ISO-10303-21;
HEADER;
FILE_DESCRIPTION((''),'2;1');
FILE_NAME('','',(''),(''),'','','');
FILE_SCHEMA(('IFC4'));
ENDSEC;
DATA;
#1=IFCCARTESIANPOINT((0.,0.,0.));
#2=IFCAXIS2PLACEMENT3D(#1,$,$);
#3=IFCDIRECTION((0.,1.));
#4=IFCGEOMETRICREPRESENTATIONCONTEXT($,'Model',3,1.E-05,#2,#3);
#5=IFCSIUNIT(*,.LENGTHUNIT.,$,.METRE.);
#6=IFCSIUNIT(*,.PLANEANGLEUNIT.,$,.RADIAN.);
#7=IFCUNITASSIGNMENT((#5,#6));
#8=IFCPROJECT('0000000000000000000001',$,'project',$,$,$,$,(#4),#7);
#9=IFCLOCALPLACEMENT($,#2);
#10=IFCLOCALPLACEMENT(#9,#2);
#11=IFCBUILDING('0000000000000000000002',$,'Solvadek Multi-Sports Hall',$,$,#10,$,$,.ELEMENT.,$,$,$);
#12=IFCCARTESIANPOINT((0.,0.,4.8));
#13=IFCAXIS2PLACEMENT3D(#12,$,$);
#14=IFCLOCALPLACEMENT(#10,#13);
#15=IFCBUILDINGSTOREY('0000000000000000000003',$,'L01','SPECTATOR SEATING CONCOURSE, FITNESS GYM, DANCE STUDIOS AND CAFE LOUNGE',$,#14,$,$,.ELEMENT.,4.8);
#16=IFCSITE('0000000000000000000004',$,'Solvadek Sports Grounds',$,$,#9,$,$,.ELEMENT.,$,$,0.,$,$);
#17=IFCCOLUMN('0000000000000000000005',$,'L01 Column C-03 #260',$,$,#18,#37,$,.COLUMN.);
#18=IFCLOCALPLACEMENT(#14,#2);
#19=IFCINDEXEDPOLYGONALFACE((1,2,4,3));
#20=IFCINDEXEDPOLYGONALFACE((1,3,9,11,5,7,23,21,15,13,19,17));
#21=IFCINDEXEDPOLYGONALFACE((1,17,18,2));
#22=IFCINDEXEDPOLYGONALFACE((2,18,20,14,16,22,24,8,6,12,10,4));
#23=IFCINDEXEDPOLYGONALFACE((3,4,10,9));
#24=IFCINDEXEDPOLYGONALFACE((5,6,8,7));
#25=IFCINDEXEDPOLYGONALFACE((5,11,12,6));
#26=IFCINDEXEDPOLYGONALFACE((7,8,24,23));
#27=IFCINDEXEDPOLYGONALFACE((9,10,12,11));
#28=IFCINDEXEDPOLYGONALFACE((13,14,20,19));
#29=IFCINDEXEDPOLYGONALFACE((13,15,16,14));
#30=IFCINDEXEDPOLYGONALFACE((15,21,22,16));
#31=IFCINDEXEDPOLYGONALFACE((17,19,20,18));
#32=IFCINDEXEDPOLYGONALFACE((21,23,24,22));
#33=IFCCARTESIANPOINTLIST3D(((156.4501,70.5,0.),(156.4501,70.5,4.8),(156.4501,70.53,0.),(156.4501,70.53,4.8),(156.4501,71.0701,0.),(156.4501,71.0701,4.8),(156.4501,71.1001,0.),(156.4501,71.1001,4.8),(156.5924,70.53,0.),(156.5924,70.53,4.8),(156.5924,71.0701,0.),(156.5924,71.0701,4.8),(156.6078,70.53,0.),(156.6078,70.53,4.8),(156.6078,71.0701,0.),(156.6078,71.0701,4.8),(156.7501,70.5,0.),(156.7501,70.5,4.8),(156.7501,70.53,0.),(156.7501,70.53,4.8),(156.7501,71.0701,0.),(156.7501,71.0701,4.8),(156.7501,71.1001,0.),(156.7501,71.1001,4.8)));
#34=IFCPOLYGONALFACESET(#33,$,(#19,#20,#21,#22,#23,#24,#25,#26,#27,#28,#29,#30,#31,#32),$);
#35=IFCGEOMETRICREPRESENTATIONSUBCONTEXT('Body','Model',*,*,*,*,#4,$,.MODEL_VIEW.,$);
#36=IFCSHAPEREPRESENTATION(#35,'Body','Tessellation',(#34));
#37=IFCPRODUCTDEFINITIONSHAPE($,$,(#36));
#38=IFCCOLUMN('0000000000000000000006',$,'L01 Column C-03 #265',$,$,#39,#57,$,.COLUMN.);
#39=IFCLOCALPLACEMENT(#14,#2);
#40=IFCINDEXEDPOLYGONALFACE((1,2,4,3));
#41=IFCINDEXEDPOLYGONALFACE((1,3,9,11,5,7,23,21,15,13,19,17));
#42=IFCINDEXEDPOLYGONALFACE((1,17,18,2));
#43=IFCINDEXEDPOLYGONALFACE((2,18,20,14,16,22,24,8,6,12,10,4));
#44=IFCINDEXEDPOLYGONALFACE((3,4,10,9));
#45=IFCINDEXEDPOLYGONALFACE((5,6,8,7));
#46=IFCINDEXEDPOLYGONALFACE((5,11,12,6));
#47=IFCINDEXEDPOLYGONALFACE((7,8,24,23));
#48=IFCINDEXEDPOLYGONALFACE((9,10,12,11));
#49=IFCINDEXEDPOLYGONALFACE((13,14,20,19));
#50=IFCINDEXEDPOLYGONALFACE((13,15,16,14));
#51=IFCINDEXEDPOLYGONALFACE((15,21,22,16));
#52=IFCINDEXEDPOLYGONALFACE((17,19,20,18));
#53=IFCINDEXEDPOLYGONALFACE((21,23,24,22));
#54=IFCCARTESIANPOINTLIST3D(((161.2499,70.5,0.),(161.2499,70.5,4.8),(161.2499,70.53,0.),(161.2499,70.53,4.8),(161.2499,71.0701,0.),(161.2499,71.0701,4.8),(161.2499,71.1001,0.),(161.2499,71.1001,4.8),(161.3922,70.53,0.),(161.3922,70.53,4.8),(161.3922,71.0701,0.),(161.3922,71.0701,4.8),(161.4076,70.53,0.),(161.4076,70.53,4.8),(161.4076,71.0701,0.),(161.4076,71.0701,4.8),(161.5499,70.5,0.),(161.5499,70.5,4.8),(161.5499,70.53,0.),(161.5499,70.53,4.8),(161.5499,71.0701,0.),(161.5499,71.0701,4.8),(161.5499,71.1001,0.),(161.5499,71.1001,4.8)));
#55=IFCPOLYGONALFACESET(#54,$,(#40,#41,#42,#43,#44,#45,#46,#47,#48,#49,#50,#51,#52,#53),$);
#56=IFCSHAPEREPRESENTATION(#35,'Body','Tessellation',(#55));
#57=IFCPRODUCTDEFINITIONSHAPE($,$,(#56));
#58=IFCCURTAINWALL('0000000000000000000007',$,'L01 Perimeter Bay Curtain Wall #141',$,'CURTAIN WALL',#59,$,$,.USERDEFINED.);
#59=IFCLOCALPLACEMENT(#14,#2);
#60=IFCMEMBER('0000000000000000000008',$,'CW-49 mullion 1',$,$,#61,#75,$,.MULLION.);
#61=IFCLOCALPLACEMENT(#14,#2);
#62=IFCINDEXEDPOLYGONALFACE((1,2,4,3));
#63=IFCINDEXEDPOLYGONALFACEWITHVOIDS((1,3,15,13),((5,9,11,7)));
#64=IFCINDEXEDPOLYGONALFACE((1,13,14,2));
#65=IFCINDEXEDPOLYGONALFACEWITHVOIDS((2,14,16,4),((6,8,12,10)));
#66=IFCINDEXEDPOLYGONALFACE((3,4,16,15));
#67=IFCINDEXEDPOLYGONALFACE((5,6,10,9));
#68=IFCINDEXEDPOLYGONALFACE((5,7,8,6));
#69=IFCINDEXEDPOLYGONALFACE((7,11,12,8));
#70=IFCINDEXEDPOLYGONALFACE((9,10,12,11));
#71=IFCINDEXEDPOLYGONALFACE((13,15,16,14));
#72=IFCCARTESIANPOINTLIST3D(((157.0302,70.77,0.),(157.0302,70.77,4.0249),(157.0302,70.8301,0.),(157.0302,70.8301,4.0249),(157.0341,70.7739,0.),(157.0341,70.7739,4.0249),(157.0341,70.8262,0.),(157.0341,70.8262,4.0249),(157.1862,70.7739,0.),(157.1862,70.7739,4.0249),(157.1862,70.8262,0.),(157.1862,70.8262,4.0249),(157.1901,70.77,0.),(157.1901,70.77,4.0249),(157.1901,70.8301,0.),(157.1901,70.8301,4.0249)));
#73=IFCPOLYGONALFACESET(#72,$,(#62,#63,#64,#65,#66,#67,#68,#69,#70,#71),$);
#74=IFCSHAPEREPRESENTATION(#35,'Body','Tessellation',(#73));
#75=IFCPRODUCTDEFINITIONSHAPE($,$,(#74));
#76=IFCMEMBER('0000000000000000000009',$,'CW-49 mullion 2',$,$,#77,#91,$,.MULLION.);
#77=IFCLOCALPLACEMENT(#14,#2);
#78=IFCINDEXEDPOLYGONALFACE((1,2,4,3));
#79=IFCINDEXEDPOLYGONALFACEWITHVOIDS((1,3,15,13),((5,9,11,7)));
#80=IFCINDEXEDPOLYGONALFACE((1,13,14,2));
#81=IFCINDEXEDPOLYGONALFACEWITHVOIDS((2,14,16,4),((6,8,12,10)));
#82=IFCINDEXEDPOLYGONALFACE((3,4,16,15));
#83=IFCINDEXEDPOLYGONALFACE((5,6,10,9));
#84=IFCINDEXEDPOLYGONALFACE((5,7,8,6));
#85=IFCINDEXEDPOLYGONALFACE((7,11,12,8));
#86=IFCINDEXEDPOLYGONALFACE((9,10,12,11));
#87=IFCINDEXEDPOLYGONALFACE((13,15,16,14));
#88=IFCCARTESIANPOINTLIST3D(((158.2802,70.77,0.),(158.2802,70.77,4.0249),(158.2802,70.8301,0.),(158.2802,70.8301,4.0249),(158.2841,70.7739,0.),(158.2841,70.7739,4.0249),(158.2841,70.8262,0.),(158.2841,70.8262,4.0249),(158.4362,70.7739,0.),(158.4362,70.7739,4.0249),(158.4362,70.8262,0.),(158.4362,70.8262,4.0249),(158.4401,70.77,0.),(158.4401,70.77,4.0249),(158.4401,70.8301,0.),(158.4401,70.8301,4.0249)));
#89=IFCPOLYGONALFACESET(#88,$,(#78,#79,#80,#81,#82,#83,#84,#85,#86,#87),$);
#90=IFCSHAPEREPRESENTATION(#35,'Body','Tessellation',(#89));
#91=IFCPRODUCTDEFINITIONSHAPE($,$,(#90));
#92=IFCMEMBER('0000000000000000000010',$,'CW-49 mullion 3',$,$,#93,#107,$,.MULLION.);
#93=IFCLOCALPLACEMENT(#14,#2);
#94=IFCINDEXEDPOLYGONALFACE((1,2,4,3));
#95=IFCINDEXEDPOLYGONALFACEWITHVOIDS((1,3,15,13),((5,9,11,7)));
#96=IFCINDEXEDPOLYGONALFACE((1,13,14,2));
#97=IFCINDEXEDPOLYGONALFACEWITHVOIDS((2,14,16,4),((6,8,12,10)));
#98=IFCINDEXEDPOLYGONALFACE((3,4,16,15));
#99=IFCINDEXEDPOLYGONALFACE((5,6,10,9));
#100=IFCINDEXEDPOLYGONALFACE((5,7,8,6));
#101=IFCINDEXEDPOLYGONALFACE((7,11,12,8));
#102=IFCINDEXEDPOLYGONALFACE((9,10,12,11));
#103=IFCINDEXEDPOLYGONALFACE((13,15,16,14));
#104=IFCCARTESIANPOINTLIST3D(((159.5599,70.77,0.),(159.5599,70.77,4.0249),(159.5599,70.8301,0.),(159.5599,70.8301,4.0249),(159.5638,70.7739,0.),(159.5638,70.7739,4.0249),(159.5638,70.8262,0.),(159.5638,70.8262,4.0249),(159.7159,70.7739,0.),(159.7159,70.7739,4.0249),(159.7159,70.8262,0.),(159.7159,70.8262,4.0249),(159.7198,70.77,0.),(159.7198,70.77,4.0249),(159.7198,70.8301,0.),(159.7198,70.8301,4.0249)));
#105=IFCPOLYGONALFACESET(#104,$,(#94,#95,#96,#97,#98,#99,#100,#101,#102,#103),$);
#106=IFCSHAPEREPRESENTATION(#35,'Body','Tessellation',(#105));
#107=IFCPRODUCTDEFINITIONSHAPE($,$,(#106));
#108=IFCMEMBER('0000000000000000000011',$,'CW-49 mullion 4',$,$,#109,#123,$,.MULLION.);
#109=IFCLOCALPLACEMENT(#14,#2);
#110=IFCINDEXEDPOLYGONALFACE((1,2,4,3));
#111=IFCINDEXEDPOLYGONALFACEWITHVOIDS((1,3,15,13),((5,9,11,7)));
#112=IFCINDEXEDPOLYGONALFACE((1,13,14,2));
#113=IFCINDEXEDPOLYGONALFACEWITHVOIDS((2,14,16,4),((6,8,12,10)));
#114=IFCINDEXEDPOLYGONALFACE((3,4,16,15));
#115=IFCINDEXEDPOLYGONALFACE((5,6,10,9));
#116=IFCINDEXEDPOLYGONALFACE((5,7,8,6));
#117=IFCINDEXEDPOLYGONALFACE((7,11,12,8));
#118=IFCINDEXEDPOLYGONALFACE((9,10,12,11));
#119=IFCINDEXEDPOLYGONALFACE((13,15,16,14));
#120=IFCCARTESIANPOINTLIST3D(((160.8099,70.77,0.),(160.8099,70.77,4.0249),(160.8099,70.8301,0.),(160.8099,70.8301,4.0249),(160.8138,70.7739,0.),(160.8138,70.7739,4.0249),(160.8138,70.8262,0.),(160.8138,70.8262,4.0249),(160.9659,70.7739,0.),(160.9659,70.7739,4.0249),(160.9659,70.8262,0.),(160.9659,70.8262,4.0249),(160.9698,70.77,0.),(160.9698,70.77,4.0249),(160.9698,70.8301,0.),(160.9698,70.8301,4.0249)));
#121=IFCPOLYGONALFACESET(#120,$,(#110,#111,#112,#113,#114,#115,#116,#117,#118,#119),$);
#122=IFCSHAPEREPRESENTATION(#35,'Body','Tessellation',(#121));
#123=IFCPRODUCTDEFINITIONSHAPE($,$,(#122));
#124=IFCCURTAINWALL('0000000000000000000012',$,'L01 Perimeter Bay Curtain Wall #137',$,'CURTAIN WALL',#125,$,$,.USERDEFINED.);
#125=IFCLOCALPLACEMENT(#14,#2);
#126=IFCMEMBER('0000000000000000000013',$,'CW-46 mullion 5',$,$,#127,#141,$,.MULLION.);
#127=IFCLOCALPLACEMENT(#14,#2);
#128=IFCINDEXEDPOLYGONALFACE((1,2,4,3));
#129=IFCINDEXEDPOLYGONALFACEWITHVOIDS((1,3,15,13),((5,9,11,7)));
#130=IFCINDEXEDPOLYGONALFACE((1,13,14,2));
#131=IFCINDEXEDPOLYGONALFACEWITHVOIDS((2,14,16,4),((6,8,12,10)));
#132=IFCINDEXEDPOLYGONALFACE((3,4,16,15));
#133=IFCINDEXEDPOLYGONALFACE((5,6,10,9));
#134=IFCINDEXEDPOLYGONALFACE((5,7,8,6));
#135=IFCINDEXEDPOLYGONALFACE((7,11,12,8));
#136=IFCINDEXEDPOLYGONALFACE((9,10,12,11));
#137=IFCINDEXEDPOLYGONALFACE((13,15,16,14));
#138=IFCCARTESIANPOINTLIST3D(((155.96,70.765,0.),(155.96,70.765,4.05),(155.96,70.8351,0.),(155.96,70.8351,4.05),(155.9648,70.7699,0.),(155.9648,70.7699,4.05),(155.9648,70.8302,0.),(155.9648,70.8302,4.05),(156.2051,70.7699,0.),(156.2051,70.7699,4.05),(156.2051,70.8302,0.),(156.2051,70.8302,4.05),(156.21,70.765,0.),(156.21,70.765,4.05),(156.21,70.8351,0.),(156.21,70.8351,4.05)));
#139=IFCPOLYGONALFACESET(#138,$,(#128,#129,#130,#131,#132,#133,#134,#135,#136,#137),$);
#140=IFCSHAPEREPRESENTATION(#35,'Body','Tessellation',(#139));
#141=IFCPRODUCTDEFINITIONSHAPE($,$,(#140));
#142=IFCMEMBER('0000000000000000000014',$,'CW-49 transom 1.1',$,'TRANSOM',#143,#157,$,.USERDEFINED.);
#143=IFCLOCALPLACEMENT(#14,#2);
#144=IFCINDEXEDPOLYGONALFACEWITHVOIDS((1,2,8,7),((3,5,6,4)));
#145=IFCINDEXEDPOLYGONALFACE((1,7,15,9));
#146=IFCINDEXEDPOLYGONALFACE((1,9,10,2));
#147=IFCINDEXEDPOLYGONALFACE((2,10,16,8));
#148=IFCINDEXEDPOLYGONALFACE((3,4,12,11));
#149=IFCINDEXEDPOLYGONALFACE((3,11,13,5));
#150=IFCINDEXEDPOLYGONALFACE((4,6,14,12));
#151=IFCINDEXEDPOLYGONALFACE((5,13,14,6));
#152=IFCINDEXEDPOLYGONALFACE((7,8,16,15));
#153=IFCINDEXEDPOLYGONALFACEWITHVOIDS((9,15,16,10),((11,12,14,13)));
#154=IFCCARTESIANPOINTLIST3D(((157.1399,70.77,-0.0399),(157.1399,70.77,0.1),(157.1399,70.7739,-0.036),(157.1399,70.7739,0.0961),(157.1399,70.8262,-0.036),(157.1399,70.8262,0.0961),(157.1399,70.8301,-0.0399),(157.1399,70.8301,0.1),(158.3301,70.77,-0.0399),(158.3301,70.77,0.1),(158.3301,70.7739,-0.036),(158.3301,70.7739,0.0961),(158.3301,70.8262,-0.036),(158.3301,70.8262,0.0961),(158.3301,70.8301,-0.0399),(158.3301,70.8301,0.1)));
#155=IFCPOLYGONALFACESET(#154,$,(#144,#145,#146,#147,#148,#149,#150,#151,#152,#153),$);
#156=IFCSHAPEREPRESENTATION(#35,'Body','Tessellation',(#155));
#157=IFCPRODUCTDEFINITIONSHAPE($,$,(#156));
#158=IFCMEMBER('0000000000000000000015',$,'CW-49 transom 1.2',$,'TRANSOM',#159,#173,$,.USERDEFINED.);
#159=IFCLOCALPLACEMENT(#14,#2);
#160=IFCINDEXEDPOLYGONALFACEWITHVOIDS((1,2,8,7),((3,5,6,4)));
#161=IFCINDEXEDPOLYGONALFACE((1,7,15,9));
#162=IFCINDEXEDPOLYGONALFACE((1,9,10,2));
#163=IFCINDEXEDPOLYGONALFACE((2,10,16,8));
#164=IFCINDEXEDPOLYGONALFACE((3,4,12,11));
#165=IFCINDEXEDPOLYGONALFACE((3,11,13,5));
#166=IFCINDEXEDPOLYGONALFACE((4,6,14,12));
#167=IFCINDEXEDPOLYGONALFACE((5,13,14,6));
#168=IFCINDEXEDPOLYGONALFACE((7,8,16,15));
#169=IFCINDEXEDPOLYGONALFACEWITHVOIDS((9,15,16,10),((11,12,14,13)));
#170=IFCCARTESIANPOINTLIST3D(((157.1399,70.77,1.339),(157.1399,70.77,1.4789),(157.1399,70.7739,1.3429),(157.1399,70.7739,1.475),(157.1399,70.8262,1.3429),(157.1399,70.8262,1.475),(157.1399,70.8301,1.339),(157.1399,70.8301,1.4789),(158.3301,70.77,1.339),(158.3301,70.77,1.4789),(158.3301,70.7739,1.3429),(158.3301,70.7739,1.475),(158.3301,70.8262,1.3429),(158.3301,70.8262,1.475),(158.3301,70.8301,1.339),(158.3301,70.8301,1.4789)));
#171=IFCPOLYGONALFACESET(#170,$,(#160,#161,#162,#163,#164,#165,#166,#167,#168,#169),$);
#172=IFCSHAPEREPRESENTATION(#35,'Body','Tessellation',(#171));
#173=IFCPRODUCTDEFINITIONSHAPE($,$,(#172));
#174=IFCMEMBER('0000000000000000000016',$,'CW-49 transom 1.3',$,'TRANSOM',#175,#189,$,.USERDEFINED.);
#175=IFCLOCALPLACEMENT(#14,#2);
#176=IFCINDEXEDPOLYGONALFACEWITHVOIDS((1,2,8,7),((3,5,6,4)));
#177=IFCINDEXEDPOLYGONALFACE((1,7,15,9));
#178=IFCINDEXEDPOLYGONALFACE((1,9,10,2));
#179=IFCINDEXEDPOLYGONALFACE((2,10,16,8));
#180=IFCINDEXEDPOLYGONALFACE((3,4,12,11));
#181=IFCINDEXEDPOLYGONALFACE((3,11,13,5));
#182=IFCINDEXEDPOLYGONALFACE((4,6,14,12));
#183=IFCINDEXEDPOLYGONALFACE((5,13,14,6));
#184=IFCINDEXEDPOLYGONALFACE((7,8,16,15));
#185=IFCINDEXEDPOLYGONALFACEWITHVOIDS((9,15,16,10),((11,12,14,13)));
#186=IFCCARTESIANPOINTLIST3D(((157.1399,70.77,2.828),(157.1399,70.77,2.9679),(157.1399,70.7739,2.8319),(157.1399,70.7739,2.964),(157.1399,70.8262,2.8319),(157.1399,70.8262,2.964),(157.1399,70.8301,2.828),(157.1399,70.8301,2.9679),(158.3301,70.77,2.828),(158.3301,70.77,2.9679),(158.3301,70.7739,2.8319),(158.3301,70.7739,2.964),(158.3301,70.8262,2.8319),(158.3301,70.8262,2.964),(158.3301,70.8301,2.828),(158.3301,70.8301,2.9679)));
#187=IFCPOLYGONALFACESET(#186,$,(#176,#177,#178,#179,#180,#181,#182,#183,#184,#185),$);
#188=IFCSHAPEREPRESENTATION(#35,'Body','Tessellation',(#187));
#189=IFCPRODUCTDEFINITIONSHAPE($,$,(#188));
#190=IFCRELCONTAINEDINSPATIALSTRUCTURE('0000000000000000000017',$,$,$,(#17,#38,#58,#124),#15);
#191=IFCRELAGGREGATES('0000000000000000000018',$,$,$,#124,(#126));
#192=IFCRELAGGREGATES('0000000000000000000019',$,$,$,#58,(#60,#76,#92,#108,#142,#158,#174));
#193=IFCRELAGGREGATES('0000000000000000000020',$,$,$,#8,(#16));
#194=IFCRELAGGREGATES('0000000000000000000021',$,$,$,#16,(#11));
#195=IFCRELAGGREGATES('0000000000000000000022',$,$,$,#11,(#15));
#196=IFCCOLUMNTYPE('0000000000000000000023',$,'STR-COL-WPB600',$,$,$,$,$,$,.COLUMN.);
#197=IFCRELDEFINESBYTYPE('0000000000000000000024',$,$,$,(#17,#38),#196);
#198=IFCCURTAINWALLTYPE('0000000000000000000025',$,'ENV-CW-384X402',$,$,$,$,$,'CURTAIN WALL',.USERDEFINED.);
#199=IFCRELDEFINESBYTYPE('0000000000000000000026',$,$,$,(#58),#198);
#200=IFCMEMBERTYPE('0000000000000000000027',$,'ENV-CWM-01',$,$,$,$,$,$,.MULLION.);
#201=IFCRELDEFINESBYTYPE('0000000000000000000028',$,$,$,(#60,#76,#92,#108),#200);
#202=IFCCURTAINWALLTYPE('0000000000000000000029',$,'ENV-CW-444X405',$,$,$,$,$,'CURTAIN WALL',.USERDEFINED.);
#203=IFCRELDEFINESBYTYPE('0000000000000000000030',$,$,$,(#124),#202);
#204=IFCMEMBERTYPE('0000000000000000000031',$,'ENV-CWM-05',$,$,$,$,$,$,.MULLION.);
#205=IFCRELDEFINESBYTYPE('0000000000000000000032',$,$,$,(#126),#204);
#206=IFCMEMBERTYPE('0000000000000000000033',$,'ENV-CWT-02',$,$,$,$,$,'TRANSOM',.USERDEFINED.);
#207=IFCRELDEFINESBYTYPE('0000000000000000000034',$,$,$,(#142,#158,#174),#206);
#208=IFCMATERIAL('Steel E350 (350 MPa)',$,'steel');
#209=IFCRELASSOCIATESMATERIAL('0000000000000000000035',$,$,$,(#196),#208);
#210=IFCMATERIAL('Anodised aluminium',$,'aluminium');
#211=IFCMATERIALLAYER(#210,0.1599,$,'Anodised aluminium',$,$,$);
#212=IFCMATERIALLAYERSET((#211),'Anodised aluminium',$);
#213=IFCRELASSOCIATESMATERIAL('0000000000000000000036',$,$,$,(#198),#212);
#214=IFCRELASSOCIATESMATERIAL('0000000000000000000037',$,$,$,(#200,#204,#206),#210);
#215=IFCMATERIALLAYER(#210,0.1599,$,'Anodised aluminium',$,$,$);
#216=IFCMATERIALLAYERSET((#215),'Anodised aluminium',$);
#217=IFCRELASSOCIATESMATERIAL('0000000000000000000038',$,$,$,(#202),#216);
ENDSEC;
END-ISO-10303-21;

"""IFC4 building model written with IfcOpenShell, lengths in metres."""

from ifc_helpers import new_model, si_unit, direction, frame, origin, origin_2d, place, context, subcontext, project, spatial, hollow_rectangle, i_section, extrude, material, layer, layer_set, material_profile, profile_set, type_object, element, aggregate, save


model = new_model("IFC4")

# Units and contexts
model_context = context("Model", 3, precision=1e-05, world=origin(), true_north=direction((0.0, 1.0)))
body_context = subcontext(model_context, "Body", "Model", "MODEL_VIEW")
ifc_project = project(units=[si_unit("LENGTHUNIT", "METRE"), si_unit("PLANEANGLEUNIT", "RADIAN")], contexts=[model_context])

# Site, building, storey
site_placement = place(None, origin())
site = spatial("IfcSite", under=ifc_project, at=site_placement, Name="Solvadek Sports Grounds", CompositionType="ELEMENT", RefElevation=0.0)
building_placement = place(site_placement, origin())
building = spatial("IfcBuilding", under=site, at=building_placement, Name="Solvadek Multi-Sports Hall", CompositionType="ELEMENT")
storey_placement = place(building_placement, frame((0.0, 0.0, 4.8)))
storey = spatial("IfcBuildingStorey", under=building, at=storey_placement, Name="L01", Description="SPECTATOR SEATING CONCOURSE, FITNESS GYM, DANCE STUDIOS AND CAFE LOUNGE", CompositionType="ELEMENT", Elevation=4.8)

# Columns
ifc_material_1 = material(Name="Steel E350 (350 MPa)", Category="steel")
ifc_material_profile_1 = material_profile(ifc_material_1, i_section(OverallWidth=0.3, OverallDepth=0.6001, WebThickness=0.0154, FlangeThickness=0.03, at=origin_2d()), Name="WPB 600")
ifc_profile_set_1 = profile_set([ifc_material_profile_1], Name="Steel E350 (350 MPa)")
column_type = type_object("IfcColumnType", Name="STR-COL-WPB600", PredefinedType="COLUMN", material=ifc_profile_set_1)
for number, where, z_axis, x_axis, name in (
    (1, (156.6001, 70.8, 0.0), (0.0, 0.0, 1.0), (1.0, 0.0, 0.0), "L01 Column C-03 #260"),
    (2, (161.3999, 70.8, 0.0), (0.0, 0.0, 1.0), (1.0, 0.0, 0.0), "L01 Column C-03 #265"),
):
    element("IfcColumn", number, at=place(storey_placement, frame(where, z_axis=z_axis, x_axis=x_axis)), inside=storey, type_object=column_type, Name=name, PredefinedType="COLUMN", context=body_context, shape_type="SweptSolid", body=[
        extrude(i_section(OverallWidth=0.3, OverallDepth=0.6001, WebThickness=0.0154, FlangeThickness=0.03, at=origin_2d()), origin(), (0.0, 0.0, 1.0), 4.8),
    ])

# Curtain wall, members
ifc_material_2 = material(Name="Anodised aluminium", Category="aluminium")
ifc_layer_1 = layer(ifc_material_2, 0.1599, Name="Anodised aluminium")
ifc_layer_set_1 = layer_set([ifc_layer_1], Name="Anodised aluminium")
curtain_wall_type_1 = type_object("IfcCurtainWallType", Name="ENV-CW-384X402", ElementType="CURTAIN WALL", PredefinedType="USERDEFINED", material=ifc_layer_set_1)
curtain_wall_1_placement = place(storey_placement, origin())
curtain_wall_1 = element("IfcCurtainWall", 3, at=curtain_wall_1_placement, inside=storey, type_object=curtain_wall_type_1, Name="L01 Perimeter Bay Curtain Wall #141", ObjectType="CURTAIN WALL", PredefinedType="USERDEFINED")
ifc_material_profile_2 = material_profile(ifc_material_2, hollow_rectangle(XDim=0.0601, YDim=0.1599, WallThickness=0.0039, at=origin_2d()), Name="ALU-M 160x60x4")
ifc_profile_set_2 = profile_set([ifc_material_profile_2], Name="Anodised aluminium")
member_type_1 = type_object("IfcMemberType", Name="ENV-CWM-01", PredefinedType="MULLION", material=ifc_profile_set_2)
member_1_placement = place(storey_placement, frame((157.1101, 70.8, 0.0), z_axis=(0.0, 0.0, 1.0), x_axis=(0.0, 1.0, 0.0)))
member_1 = element("IfcMember", 4, at=member_1_placement, type_object=member_type_1, Name="CW-49 mullion 1", PredefinedType="MULLION", context=body_context, shape_type="SweptSolid", body=[
    extrude(hollow_rectangle(XDim=0.0601, YDim=0.1599, WallThickness=0.0039, at=origin_2d()), origin(), (0.0, 0.0, 1.0), 4.0249),
])
member_2_placement = place(storey_placement, frame((158.3601, 70.8, 0.0), z_axis=(0.0, 0.0, 1.0), x_axis=(0.0, 1.0, 0.0)))
member_2 = element("IfcMember", 5, at=member_2_placement, type_object=member_type_1, Name="CW-49 mullion 2", PredefinedType="MULLION", context=body_context, shape_type="SweptSolid", body=[
    extrude(hollow_rectangle(XDim=0.0601, YDim=0.1599, WallThickness=0.0039, at=origin_2d()), origin(), (0.0, 0.0, 1.0), 4.0249),
])
member_3_placement = place(storey_placement, frame((159.6399, 70.8, 0.0), z_axis=(0.0, 0.0, 1.0), x_axis=(0.0, 1.0, 0.0)))
member_3 = element("IfcMember", 6, at=member_3_placement, type_object=member_type_1, Name="CW-49 mullion 3", PredefinedType="MULLION", context=body_context, shape_type="SweptSolid", body=[
    extrude(hollow_rectangle(XDim=0.0601, YDim=0.1599, WallThickness=0.0039, at=origin_2d()), origin(), (0.0, 0.0, 1.0), 4.0249),
])
member_4_placement = place(storey_placement, frame((160.8899, 70.8, 0.0), z_axis=(0.0, 0.0, 1.0), x_axis=(0.0, 1.0, 0.0)))
member_4 = element("IfcMember", 7, at=member_4_placement, type_object=member_type_1, Name="CW-49 mullion 4", PredefinedType="MULLION", context=body_context, shape_type="SweptSolid", body=[
    extrude(hollow_rectangle(XDim=0.0601, YDim=0.1599, WallThickness=0.0039, at=origin_2d()), origin(), (0.0, 0.0, 1.0), 4.0249),
])

# Curtain wall, member
ifc_layer_2 = layer(ifc_material_2, 0.1599, Name="Anodised aluminium")
ifc_layer_set_2 = layer_set([ifc_layer_2], Name="Anodised aluminium")
curtain_wall_type_2 = type_object("IfcCurtainWallType", Name="ENV-CW-444X405", ElementType="CURTAIN WALL", PredefinedType="USERDEFINED", material=ifc_layer_set_2)
curtain_wall_2_placement = place(storey_placement, origin())
curtain_wall_2 = element("IfcCurtainWall", 8, at=curtain_wall_2_placement, inside=storey, type_object=curtain_wall_type_2, Name="L01 Perimeter Bay Curtain Wall #137", ObjectType="CURTAIN WALL", PredefinedType="USERDEFINED")
ifc_material_profile_3 = material_profile(ifc_material_2, hollow_rectangle(XDim=0.0701, YDim=0.25, WallThickness=0.0049, at=origin_2d()), Name="ALU-M 250x70x5")
ifc_profile_set_3 = profile_set([ifc_material_profile_3], Name="Anodised aluminium")
member_type_2 = type_object("IfcMemberType", Name="ENV-CWM-05", PredefinedType="MULLION", material=ifc_profile_set_3)
member_5_placement = place(storey_placement, frame((156.085, 70.8, 0.0), z_axis=(0.0, 0.0, 1.0), x_axis=(0.0, 1.0, 0.0)))
member_5 = element("IfcMember", 9, at=member_5_placement, type_object=member_type_2, Name="CW-46 mullion 5", PredefinedType="MULLION", context=body_context, shape_type="SweptSolid", body=[
    extrude(hollow_rectangle(XDim=0.0701, YDim=0.25, WallThickness=0.0049, at=origin_2d()), origin(), (0.0, 0.0, 1.0), 4.05),
])
aggregate(curtain_wall_2, [member_5])

# Members
ifc_material_profile_4 = material_profile(ifc_material_2, hollow_rectangle(XDim=0.0601, YDim=0.1399, WallThickness=0.0039, at=origin_2d()), Name="ALU-T 140x60x4")
ifc_profile_set_4 = profile_set([ifc_material_profile_4], Name="Anodised aluminium")
member_type_3 = type_object("IfcMemberType", Name="ENV-CWT-02", ElementType="TRANSOM", PredefinedType="USERDEFINED", material=ifc_profile_set_4)
member_6_placement = place(storey_placement, frame((157.1399, 70.8, 0.03), z_axis=(1.0, 0.0, 0.0), x_axis=(0.0, 1.0, 0.0)))
member_6 = element("IfcMember", 10, at=member_6_placement, type_object=member_type_3, Name="CW-49 transom 1.1", ObjectType="TRANSOM", PredefinedType="USERDEFINED", context=body_context, shape_type="SweptSolid", body=[
    extrude(hollow_rectangle(XDim=0.0601, YDim=0.1399, WallThickness=0.0039, at=origin_2d()), origin(), (0.0, 0.0, 1.0), 1.1902),
])
member_7_placement = place(storey_placement, frame((157.1399, 70.8, 1.4089), z_axis=(1.0, 0.0, 0.0), x_axis=(0.0, 1.0, 0.0)))
member_7 = element("IfcMember", 11, at=member_7_placement, type_object=member_type_3, Name="CW-49 transom 1.2", ObjectType="TRANSOM", PredefinedType="USERDEFINED", context=body_context, shape_type="SweptSolid", body=[
    extrude(hollow_rectangle(XDim=0.0601, YDim=0.1399, WallThickness=0.0039, at=origin_2d()), origin(), (0.0, 0.0, 1.0), 1.1902),
])
member_8_placement = place(storey_placement, frame((157.1399, 70.8, 2.8979), z_axis=(1.0, 0.0, 0.0), x_axis=(0.0, 1.0, 0.0)))
member_8 = element("IfcMember", 12, at=member_8_placement, type_object=member_type_3, Name="CW-49 transom 1.3", ObjectType="TRANSOM", PredefinedType="USERDEFINED", context=body_context, shape_type="SweptSolid", body=[
    extrude(hollow_rectangle(XDim=0.0601, YDim=0.1399, WallThickness=0.0039, at=origin_2d()), origin(), (0.0, 0.0, 1.0), 1.1902),
])

aggregate(curtain_wall_1, [member_1, member_2, member_3, member_4, member_6, member_7, member_8])

save(model, "model.ifc")
